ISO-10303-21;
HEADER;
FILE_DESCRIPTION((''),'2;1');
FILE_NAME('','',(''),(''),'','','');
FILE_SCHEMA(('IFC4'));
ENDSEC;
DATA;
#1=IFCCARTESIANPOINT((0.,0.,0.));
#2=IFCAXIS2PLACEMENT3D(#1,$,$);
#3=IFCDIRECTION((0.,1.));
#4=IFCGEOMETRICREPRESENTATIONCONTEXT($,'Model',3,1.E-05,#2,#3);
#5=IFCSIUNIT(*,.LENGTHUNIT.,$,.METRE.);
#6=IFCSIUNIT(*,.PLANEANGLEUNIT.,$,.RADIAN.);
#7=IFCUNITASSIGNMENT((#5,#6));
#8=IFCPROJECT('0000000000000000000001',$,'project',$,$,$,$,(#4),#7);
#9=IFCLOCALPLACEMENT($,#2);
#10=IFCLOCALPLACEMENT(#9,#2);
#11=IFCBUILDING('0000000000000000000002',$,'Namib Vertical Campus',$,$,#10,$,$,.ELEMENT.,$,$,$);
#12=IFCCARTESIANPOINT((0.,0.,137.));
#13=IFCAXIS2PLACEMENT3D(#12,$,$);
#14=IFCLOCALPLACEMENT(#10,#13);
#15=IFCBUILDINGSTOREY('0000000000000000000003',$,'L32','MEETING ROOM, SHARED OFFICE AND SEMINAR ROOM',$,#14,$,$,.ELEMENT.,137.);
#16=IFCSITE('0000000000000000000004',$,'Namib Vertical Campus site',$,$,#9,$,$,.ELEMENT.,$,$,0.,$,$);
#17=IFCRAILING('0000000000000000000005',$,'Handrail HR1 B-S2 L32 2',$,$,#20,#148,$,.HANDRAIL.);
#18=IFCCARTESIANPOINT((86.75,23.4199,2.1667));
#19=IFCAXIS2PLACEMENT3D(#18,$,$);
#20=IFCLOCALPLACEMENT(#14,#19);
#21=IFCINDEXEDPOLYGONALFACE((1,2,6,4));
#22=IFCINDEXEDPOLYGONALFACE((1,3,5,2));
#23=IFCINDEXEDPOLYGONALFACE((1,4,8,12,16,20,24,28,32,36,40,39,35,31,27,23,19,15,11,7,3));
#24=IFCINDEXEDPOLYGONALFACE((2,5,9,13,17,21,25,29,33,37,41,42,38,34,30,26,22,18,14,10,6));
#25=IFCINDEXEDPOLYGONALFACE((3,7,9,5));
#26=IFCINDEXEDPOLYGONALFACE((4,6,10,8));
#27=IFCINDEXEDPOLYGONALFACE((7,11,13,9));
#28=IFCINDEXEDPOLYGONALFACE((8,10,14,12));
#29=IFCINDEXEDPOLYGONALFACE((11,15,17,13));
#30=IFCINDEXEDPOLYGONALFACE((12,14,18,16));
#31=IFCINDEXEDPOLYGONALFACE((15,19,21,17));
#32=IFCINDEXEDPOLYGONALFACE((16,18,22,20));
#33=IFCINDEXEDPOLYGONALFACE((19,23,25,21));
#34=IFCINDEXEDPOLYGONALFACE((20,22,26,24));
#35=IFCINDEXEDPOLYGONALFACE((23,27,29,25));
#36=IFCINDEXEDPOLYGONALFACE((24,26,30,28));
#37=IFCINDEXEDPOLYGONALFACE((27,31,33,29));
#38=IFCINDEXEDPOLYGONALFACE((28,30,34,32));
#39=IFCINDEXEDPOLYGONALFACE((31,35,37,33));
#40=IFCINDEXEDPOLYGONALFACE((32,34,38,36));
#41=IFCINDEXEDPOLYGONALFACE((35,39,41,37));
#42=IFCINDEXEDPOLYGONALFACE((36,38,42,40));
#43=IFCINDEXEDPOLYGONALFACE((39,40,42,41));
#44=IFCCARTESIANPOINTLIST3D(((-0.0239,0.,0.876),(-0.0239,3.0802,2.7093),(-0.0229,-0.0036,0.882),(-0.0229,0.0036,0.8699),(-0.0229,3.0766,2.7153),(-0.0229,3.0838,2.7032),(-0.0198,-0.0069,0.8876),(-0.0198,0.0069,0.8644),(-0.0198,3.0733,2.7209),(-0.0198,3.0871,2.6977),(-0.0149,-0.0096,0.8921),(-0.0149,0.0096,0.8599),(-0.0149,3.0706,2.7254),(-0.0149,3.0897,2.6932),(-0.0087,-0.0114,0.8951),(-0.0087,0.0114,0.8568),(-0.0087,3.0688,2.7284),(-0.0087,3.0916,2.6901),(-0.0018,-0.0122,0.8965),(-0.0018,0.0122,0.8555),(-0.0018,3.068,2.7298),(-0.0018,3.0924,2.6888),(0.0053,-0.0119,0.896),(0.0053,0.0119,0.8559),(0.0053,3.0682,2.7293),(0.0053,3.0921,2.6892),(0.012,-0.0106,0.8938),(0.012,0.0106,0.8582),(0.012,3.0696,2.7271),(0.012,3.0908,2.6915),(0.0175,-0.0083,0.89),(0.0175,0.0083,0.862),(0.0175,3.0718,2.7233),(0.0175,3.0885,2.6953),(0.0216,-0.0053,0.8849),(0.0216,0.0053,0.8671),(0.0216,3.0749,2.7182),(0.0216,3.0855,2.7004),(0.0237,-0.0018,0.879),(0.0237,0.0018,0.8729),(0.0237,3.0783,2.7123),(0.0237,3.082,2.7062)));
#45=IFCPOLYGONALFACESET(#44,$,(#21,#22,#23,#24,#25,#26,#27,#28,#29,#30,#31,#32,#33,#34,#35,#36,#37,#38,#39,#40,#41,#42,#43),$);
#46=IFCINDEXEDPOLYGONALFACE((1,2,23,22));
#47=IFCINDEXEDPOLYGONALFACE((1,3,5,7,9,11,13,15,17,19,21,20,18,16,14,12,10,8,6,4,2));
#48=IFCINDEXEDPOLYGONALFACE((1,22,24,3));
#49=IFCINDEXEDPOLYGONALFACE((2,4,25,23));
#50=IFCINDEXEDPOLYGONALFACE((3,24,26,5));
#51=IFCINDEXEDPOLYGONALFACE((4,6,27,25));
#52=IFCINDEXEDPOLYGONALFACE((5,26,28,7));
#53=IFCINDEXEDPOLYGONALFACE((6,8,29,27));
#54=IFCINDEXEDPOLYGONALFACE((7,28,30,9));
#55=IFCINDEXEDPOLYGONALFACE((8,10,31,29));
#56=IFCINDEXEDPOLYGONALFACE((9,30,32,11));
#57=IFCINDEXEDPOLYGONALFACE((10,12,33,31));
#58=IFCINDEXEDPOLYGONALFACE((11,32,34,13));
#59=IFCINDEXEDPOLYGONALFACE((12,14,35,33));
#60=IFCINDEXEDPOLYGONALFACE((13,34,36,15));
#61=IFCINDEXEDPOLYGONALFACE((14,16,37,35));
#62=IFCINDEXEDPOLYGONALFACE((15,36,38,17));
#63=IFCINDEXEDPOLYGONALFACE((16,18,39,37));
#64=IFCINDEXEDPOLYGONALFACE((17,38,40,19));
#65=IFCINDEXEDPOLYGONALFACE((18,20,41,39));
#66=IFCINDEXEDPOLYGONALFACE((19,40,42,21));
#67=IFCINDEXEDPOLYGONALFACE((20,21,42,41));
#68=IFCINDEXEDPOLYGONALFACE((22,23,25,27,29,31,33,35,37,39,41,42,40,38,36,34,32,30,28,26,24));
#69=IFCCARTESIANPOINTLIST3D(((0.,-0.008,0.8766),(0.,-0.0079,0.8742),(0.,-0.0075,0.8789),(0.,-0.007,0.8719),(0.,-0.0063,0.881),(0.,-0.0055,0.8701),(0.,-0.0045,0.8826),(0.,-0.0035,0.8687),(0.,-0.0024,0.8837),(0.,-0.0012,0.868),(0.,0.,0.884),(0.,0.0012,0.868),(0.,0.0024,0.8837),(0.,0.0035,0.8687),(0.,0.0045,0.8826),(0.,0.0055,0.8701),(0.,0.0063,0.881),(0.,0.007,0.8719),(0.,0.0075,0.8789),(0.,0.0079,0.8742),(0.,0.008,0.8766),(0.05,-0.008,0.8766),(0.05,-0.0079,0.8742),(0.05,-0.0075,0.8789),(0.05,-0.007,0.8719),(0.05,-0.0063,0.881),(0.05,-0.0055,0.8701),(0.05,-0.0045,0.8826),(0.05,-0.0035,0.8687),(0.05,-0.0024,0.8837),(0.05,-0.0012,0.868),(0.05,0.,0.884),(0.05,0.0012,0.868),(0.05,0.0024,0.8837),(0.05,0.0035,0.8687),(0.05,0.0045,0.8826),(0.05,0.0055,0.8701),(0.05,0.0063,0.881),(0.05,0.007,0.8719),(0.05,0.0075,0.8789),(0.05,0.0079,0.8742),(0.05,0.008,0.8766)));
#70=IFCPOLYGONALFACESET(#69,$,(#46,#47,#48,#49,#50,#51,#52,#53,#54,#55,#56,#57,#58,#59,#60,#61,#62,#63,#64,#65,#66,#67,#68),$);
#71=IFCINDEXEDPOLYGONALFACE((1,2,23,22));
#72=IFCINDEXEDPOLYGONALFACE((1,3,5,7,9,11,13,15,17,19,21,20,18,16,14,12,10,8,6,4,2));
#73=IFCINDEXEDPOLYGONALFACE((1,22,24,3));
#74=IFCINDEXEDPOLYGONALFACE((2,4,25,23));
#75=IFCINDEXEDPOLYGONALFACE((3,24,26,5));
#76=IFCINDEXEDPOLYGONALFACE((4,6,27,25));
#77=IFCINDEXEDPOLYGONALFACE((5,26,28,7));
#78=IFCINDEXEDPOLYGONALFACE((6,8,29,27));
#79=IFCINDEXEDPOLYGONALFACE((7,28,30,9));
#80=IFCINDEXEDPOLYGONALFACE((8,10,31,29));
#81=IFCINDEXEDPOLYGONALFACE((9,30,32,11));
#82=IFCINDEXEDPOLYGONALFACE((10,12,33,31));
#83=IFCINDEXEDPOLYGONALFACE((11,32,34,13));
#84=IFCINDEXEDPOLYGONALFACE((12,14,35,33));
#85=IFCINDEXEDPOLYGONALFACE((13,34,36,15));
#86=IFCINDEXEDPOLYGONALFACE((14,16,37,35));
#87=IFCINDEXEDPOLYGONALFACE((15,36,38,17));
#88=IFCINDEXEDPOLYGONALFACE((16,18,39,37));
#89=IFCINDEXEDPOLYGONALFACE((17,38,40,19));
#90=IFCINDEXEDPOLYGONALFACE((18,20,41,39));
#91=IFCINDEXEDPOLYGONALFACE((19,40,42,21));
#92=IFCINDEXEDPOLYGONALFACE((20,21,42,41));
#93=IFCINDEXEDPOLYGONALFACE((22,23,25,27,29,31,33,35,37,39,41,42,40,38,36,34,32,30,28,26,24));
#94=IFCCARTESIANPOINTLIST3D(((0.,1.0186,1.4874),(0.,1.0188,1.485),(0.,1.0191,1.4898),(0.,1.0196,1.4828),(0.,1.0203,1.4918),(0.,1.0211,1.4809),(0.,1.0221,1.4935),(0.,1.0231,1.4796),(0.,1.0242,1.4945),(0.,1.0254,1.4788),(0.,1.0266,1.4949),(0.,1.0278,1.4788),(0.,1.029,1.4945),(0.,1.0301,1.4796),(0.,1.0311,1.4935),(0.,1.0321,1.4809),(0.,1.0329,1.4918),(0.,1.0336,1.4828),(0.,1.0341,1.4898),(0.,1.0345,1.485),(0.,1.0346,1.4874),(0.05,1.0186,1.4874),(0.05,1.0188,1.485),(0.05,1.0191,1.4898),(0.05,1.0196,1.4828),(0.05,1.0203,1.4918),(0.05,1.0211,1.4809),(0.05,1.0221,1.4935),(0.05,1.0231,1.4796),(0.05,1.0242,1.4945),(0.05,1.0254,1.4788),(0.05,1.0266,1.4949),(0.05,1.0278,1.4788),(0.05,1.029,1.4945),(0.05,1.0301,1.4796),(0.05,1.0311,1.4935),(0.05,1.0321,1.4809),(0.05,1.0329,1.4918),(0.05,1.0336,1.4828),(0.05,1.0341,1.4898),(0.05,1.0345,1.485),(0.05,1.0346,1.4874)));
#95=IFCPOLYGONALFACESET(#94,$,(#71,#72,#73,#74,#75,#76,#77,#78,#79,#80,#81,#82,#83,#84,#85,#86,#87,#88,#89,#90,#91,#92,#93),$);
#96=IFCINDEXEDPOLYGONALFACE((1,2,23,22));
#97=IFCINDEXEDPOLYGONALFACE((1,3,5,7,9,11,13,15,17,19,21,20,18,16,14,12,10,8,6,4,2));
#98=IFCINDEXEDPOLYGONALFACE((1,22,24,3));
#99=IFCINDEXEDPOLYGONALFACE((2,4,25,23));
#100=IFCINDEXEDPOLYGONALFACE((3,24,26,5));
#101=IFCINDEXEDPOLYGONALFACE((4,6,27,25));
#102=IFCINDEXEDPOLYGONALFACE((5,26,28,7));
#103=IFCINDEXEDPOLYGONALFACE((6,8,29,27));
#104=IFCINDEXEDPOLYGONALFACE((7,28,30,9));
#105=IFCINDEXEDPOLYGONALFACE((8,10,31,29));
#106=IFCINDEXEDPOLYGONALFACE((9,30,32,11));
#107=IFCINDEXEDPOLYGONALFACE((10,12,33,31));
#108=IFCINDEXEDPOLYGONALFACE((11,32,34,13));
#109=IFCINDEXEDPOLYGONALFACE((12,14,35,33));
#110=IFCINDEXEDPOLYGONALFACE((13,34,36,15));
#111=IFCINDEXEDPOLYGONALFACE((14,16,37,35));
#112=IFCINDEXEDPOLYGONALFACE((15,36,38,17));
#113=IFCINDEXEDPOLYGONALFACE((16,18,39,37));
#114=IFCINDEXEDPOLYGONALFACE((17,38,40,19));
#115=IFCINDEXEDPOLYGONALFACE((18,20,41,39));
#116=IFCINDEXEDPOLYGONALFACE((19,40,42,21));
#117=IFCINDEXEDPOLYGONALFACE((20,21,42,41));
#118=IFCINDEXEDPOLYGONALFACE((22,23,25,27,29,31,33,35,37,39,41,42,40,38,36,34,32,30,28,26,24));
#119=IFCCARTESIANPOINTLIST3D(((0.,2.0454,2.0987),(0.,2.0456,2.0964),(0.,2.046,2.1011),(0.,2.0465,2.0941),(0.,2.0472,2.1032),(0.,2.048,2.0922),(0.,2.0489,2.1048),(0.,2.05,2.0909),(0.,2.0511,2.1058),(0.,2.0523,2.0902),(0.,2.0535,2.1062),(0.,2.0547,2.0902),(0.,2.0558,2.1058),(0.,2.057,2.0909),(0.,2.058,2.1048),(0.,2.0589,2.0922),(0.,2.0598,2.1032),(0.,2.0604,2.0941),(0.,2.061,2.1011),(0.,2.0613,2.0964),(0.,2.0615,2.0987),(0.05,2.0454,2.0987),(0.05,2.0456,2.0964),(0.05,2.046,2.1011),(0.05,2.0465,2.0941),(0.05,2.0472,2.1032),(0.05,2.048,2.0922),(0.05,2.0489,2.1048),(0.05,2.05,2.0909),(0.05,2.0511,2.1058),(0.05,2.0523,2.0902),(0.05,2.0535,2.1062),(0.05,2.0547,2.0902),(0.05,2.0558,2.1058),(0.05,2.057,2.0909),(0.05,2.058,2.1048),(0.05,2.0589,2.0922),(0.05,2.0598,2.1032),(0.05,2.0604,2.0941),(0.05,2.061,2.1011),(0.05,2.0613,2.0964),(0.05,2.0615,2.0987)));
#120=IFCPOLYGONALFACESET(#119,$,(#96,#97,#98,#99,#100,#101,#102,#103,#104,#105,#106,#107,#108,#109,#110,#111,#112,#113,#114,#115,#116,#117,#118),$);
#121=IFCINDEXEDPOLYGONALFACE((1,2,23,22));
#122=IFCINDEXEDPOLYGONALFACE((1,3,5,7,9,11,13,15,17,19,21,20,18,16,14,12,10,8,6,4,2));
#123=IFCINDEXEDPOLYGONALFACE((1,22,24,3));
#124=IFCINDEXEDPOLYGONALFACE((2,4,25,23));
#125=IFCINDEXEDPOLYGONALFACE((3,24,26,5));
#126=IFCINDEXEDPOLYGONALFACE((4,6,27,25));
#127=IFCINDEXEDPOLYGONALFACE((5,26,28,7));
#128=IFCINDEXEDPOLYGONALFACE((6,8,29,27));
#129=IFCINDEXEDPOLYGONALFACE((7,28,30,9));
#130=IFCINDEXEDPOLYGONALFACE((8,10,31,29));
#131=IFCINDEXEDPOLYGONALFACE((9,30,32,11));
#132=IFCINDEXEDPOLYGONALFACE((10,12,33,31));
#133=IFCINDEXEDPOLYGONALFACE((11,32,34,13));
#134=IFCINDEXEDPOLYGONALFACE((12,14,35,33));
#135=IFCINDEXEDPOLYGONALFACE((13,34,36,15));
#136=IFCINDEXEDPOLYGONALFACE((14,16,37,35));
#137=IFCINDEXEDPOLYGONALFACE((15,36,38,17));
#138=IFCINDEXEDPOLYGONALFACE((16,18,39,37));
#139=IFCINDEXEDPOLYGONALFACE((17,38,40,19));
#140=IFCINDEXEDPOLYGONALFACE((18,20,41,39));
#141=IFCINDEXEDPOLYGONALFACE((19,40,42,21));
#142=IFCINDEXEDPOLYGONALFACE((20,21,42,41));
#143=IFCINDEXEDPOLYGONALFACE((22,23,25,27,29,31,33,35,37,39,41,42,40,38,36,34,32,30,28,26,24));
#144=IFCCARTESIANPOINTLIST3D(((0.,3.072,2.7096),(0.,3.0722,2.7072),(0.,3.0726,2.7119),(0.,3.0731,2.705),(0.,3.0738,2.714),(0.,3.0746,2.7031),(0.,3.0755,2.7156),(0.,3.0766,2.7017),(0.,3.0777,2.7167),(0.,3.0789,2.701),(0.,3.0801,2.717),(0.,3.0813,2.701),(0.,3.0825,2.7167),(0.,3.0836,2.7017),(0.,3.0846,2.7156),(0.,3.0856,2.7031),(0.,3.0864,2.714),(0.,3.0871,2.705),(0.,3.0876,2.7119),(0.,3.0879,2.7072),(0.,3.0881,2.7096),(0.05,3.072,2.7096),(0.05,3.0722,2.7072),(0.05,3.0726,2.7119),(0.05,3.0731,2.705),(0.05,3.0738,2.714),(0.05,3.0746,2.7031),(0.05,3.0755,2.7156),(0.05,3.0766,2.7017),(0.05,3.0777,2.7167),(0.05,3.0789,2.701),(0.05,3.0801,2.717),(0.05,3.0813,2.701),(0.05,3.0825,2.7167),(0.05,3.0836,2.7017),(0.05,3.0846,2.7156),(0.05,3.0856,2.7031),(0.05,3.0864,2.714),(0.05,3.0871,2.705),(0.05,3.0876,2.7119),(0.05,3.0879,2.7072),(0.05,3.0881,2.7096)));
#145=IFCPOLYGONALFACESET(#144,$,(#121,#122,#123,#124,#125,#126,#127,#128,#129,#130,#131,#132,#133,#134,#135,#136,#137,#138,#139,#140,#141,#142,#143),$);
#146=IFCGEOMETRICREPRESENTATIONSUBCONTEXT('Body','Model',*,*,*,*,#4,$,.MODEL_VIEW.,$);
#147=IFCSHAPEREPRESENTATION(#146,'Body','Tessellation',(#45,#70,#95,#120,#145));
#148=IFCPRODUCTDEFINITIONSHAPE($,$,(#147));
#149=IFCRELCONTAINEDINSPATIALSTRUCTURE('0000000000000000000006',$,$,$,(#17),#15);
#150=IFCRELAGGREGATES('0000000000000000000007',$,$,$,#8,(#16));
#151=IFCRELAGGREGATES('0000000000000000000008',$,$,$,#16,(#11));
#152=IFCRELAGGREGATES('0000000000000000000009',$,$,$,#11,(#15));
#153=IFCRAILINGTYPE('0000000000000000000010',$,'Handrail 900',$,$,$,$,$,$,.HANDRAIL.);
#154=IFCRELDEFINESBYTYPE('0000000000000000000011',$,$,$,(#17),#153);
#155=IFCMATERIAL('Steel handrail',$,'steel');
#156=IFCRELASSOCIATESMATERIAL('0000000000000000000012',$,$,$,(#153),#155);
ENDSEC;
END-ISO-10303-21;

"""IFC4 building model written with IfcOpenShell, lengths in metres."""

from ifc_helpers import new_model, si_unit, direction, frame, origin, origin_2d, place, context, subcontext, project, spatial, circle, extrude, material, type_object, element, save


model = new_model("IFC4")

# Units and contexts
model_context = context("Model", 3, precision=1e-05, world=origin(), true_north=direction((0.0, 1.0)))
body_context = subcontext(model_context, "Body", "Model", "MODEL_VIEW")
ifc_project = project(units=[si_unit("LENGTHUNIT", "METRE"), si_unit("PLANEANGLEUNIT", "RADIAN")], contexts=[model_context])

# Site, building, storey
site_placement = place(None, origin())
site = spatial("IfcSite", under=ifc_project, at=site_placement, Name="Namib Vertical Campus site", CompositionType="ELEMENT", RefElevation=0.0)
building_placement = place(site_placement, origin())
building = spatial("IfcBuilding", under=site, at=building_placement, Name="Namib Vertical Campus", CompositionType="ELEMENT")
storey_placement = place(building_placement, frame((0.0, 0.0, 137.0)))
storey = spatial("IfcBuildingStorey", under=building, at=storey_placement, Name="L32", Description="MEETING ROOM, SHARED OFFICE AND SEMINAR ROOM", CompositionType="ELEMENT", Elevation=137.0)

# Railing
ifc_material_1 = material(Name="Steel handrail", Category="steel")
railing_type = type_object("IfcRailingType", Name="Handrail 900", PredefinedType="HANDRAIL", material=ifc_material_1)
railing_placement = place(storey_placement, frame((86.75, 23.4199, 2.1667)))
element("IfcRailing", 1, at=railing_placement, inside=storey, type_object=railing_type, Name="Handrail HR1 B-S2 L32 2", PredefinedType="HANDRAIL", context=body_context, shape_type="SweptSolid", body=[
    extrude(circle(Radius=0.0239, at=origin_2d()), frame((0.0, 0.0, 0.876), z_axis=(0.0, 0.859309, 0.511458), x_axis=(-1.0, 0.0, 0.0)), (0.0, 0.0, 1.0), 3.5845),
    extrude(circle(Radius=0.0081, at=origin_2d()), frame((0.0, 0.0, 0.876), z_axis=(1.0, 0.0, 0.0), x_axis=(0.0, 0.0, 1.0)), (0.0, 0.0, 1.0), 0.05),
    extrude(circle(Radius=0.0081, at=origin_2d()), frame((0.0, 1.0266, 1.4868), z_axis=(1.0, 0.0, 0.0), x_axis=(0.0, 0.0, 1.0)), (0.0, 0.0, 1.0), 0.05),
    extrude(circle(Radius=0.0081, at=origin_2d()), frame((0.0, 2.0535, 2.0981), z_axis=(1.0, 0.0, 0.0), x_axis=(0.0, 0.0, 1.0)), (0.0, 0.0, 1.0), 0.05),
    extrude(circle(Radius=0.0081, at=origin_2d()), frame((0.0, 3.0801, 2.709), z_axis=(1.0, 0.0, 0.0), x_axis=(0.0, 0.0, 1.0)), (0.0, 0.0, 1.0), 0.05),
])

save(model, "model.ifc")
